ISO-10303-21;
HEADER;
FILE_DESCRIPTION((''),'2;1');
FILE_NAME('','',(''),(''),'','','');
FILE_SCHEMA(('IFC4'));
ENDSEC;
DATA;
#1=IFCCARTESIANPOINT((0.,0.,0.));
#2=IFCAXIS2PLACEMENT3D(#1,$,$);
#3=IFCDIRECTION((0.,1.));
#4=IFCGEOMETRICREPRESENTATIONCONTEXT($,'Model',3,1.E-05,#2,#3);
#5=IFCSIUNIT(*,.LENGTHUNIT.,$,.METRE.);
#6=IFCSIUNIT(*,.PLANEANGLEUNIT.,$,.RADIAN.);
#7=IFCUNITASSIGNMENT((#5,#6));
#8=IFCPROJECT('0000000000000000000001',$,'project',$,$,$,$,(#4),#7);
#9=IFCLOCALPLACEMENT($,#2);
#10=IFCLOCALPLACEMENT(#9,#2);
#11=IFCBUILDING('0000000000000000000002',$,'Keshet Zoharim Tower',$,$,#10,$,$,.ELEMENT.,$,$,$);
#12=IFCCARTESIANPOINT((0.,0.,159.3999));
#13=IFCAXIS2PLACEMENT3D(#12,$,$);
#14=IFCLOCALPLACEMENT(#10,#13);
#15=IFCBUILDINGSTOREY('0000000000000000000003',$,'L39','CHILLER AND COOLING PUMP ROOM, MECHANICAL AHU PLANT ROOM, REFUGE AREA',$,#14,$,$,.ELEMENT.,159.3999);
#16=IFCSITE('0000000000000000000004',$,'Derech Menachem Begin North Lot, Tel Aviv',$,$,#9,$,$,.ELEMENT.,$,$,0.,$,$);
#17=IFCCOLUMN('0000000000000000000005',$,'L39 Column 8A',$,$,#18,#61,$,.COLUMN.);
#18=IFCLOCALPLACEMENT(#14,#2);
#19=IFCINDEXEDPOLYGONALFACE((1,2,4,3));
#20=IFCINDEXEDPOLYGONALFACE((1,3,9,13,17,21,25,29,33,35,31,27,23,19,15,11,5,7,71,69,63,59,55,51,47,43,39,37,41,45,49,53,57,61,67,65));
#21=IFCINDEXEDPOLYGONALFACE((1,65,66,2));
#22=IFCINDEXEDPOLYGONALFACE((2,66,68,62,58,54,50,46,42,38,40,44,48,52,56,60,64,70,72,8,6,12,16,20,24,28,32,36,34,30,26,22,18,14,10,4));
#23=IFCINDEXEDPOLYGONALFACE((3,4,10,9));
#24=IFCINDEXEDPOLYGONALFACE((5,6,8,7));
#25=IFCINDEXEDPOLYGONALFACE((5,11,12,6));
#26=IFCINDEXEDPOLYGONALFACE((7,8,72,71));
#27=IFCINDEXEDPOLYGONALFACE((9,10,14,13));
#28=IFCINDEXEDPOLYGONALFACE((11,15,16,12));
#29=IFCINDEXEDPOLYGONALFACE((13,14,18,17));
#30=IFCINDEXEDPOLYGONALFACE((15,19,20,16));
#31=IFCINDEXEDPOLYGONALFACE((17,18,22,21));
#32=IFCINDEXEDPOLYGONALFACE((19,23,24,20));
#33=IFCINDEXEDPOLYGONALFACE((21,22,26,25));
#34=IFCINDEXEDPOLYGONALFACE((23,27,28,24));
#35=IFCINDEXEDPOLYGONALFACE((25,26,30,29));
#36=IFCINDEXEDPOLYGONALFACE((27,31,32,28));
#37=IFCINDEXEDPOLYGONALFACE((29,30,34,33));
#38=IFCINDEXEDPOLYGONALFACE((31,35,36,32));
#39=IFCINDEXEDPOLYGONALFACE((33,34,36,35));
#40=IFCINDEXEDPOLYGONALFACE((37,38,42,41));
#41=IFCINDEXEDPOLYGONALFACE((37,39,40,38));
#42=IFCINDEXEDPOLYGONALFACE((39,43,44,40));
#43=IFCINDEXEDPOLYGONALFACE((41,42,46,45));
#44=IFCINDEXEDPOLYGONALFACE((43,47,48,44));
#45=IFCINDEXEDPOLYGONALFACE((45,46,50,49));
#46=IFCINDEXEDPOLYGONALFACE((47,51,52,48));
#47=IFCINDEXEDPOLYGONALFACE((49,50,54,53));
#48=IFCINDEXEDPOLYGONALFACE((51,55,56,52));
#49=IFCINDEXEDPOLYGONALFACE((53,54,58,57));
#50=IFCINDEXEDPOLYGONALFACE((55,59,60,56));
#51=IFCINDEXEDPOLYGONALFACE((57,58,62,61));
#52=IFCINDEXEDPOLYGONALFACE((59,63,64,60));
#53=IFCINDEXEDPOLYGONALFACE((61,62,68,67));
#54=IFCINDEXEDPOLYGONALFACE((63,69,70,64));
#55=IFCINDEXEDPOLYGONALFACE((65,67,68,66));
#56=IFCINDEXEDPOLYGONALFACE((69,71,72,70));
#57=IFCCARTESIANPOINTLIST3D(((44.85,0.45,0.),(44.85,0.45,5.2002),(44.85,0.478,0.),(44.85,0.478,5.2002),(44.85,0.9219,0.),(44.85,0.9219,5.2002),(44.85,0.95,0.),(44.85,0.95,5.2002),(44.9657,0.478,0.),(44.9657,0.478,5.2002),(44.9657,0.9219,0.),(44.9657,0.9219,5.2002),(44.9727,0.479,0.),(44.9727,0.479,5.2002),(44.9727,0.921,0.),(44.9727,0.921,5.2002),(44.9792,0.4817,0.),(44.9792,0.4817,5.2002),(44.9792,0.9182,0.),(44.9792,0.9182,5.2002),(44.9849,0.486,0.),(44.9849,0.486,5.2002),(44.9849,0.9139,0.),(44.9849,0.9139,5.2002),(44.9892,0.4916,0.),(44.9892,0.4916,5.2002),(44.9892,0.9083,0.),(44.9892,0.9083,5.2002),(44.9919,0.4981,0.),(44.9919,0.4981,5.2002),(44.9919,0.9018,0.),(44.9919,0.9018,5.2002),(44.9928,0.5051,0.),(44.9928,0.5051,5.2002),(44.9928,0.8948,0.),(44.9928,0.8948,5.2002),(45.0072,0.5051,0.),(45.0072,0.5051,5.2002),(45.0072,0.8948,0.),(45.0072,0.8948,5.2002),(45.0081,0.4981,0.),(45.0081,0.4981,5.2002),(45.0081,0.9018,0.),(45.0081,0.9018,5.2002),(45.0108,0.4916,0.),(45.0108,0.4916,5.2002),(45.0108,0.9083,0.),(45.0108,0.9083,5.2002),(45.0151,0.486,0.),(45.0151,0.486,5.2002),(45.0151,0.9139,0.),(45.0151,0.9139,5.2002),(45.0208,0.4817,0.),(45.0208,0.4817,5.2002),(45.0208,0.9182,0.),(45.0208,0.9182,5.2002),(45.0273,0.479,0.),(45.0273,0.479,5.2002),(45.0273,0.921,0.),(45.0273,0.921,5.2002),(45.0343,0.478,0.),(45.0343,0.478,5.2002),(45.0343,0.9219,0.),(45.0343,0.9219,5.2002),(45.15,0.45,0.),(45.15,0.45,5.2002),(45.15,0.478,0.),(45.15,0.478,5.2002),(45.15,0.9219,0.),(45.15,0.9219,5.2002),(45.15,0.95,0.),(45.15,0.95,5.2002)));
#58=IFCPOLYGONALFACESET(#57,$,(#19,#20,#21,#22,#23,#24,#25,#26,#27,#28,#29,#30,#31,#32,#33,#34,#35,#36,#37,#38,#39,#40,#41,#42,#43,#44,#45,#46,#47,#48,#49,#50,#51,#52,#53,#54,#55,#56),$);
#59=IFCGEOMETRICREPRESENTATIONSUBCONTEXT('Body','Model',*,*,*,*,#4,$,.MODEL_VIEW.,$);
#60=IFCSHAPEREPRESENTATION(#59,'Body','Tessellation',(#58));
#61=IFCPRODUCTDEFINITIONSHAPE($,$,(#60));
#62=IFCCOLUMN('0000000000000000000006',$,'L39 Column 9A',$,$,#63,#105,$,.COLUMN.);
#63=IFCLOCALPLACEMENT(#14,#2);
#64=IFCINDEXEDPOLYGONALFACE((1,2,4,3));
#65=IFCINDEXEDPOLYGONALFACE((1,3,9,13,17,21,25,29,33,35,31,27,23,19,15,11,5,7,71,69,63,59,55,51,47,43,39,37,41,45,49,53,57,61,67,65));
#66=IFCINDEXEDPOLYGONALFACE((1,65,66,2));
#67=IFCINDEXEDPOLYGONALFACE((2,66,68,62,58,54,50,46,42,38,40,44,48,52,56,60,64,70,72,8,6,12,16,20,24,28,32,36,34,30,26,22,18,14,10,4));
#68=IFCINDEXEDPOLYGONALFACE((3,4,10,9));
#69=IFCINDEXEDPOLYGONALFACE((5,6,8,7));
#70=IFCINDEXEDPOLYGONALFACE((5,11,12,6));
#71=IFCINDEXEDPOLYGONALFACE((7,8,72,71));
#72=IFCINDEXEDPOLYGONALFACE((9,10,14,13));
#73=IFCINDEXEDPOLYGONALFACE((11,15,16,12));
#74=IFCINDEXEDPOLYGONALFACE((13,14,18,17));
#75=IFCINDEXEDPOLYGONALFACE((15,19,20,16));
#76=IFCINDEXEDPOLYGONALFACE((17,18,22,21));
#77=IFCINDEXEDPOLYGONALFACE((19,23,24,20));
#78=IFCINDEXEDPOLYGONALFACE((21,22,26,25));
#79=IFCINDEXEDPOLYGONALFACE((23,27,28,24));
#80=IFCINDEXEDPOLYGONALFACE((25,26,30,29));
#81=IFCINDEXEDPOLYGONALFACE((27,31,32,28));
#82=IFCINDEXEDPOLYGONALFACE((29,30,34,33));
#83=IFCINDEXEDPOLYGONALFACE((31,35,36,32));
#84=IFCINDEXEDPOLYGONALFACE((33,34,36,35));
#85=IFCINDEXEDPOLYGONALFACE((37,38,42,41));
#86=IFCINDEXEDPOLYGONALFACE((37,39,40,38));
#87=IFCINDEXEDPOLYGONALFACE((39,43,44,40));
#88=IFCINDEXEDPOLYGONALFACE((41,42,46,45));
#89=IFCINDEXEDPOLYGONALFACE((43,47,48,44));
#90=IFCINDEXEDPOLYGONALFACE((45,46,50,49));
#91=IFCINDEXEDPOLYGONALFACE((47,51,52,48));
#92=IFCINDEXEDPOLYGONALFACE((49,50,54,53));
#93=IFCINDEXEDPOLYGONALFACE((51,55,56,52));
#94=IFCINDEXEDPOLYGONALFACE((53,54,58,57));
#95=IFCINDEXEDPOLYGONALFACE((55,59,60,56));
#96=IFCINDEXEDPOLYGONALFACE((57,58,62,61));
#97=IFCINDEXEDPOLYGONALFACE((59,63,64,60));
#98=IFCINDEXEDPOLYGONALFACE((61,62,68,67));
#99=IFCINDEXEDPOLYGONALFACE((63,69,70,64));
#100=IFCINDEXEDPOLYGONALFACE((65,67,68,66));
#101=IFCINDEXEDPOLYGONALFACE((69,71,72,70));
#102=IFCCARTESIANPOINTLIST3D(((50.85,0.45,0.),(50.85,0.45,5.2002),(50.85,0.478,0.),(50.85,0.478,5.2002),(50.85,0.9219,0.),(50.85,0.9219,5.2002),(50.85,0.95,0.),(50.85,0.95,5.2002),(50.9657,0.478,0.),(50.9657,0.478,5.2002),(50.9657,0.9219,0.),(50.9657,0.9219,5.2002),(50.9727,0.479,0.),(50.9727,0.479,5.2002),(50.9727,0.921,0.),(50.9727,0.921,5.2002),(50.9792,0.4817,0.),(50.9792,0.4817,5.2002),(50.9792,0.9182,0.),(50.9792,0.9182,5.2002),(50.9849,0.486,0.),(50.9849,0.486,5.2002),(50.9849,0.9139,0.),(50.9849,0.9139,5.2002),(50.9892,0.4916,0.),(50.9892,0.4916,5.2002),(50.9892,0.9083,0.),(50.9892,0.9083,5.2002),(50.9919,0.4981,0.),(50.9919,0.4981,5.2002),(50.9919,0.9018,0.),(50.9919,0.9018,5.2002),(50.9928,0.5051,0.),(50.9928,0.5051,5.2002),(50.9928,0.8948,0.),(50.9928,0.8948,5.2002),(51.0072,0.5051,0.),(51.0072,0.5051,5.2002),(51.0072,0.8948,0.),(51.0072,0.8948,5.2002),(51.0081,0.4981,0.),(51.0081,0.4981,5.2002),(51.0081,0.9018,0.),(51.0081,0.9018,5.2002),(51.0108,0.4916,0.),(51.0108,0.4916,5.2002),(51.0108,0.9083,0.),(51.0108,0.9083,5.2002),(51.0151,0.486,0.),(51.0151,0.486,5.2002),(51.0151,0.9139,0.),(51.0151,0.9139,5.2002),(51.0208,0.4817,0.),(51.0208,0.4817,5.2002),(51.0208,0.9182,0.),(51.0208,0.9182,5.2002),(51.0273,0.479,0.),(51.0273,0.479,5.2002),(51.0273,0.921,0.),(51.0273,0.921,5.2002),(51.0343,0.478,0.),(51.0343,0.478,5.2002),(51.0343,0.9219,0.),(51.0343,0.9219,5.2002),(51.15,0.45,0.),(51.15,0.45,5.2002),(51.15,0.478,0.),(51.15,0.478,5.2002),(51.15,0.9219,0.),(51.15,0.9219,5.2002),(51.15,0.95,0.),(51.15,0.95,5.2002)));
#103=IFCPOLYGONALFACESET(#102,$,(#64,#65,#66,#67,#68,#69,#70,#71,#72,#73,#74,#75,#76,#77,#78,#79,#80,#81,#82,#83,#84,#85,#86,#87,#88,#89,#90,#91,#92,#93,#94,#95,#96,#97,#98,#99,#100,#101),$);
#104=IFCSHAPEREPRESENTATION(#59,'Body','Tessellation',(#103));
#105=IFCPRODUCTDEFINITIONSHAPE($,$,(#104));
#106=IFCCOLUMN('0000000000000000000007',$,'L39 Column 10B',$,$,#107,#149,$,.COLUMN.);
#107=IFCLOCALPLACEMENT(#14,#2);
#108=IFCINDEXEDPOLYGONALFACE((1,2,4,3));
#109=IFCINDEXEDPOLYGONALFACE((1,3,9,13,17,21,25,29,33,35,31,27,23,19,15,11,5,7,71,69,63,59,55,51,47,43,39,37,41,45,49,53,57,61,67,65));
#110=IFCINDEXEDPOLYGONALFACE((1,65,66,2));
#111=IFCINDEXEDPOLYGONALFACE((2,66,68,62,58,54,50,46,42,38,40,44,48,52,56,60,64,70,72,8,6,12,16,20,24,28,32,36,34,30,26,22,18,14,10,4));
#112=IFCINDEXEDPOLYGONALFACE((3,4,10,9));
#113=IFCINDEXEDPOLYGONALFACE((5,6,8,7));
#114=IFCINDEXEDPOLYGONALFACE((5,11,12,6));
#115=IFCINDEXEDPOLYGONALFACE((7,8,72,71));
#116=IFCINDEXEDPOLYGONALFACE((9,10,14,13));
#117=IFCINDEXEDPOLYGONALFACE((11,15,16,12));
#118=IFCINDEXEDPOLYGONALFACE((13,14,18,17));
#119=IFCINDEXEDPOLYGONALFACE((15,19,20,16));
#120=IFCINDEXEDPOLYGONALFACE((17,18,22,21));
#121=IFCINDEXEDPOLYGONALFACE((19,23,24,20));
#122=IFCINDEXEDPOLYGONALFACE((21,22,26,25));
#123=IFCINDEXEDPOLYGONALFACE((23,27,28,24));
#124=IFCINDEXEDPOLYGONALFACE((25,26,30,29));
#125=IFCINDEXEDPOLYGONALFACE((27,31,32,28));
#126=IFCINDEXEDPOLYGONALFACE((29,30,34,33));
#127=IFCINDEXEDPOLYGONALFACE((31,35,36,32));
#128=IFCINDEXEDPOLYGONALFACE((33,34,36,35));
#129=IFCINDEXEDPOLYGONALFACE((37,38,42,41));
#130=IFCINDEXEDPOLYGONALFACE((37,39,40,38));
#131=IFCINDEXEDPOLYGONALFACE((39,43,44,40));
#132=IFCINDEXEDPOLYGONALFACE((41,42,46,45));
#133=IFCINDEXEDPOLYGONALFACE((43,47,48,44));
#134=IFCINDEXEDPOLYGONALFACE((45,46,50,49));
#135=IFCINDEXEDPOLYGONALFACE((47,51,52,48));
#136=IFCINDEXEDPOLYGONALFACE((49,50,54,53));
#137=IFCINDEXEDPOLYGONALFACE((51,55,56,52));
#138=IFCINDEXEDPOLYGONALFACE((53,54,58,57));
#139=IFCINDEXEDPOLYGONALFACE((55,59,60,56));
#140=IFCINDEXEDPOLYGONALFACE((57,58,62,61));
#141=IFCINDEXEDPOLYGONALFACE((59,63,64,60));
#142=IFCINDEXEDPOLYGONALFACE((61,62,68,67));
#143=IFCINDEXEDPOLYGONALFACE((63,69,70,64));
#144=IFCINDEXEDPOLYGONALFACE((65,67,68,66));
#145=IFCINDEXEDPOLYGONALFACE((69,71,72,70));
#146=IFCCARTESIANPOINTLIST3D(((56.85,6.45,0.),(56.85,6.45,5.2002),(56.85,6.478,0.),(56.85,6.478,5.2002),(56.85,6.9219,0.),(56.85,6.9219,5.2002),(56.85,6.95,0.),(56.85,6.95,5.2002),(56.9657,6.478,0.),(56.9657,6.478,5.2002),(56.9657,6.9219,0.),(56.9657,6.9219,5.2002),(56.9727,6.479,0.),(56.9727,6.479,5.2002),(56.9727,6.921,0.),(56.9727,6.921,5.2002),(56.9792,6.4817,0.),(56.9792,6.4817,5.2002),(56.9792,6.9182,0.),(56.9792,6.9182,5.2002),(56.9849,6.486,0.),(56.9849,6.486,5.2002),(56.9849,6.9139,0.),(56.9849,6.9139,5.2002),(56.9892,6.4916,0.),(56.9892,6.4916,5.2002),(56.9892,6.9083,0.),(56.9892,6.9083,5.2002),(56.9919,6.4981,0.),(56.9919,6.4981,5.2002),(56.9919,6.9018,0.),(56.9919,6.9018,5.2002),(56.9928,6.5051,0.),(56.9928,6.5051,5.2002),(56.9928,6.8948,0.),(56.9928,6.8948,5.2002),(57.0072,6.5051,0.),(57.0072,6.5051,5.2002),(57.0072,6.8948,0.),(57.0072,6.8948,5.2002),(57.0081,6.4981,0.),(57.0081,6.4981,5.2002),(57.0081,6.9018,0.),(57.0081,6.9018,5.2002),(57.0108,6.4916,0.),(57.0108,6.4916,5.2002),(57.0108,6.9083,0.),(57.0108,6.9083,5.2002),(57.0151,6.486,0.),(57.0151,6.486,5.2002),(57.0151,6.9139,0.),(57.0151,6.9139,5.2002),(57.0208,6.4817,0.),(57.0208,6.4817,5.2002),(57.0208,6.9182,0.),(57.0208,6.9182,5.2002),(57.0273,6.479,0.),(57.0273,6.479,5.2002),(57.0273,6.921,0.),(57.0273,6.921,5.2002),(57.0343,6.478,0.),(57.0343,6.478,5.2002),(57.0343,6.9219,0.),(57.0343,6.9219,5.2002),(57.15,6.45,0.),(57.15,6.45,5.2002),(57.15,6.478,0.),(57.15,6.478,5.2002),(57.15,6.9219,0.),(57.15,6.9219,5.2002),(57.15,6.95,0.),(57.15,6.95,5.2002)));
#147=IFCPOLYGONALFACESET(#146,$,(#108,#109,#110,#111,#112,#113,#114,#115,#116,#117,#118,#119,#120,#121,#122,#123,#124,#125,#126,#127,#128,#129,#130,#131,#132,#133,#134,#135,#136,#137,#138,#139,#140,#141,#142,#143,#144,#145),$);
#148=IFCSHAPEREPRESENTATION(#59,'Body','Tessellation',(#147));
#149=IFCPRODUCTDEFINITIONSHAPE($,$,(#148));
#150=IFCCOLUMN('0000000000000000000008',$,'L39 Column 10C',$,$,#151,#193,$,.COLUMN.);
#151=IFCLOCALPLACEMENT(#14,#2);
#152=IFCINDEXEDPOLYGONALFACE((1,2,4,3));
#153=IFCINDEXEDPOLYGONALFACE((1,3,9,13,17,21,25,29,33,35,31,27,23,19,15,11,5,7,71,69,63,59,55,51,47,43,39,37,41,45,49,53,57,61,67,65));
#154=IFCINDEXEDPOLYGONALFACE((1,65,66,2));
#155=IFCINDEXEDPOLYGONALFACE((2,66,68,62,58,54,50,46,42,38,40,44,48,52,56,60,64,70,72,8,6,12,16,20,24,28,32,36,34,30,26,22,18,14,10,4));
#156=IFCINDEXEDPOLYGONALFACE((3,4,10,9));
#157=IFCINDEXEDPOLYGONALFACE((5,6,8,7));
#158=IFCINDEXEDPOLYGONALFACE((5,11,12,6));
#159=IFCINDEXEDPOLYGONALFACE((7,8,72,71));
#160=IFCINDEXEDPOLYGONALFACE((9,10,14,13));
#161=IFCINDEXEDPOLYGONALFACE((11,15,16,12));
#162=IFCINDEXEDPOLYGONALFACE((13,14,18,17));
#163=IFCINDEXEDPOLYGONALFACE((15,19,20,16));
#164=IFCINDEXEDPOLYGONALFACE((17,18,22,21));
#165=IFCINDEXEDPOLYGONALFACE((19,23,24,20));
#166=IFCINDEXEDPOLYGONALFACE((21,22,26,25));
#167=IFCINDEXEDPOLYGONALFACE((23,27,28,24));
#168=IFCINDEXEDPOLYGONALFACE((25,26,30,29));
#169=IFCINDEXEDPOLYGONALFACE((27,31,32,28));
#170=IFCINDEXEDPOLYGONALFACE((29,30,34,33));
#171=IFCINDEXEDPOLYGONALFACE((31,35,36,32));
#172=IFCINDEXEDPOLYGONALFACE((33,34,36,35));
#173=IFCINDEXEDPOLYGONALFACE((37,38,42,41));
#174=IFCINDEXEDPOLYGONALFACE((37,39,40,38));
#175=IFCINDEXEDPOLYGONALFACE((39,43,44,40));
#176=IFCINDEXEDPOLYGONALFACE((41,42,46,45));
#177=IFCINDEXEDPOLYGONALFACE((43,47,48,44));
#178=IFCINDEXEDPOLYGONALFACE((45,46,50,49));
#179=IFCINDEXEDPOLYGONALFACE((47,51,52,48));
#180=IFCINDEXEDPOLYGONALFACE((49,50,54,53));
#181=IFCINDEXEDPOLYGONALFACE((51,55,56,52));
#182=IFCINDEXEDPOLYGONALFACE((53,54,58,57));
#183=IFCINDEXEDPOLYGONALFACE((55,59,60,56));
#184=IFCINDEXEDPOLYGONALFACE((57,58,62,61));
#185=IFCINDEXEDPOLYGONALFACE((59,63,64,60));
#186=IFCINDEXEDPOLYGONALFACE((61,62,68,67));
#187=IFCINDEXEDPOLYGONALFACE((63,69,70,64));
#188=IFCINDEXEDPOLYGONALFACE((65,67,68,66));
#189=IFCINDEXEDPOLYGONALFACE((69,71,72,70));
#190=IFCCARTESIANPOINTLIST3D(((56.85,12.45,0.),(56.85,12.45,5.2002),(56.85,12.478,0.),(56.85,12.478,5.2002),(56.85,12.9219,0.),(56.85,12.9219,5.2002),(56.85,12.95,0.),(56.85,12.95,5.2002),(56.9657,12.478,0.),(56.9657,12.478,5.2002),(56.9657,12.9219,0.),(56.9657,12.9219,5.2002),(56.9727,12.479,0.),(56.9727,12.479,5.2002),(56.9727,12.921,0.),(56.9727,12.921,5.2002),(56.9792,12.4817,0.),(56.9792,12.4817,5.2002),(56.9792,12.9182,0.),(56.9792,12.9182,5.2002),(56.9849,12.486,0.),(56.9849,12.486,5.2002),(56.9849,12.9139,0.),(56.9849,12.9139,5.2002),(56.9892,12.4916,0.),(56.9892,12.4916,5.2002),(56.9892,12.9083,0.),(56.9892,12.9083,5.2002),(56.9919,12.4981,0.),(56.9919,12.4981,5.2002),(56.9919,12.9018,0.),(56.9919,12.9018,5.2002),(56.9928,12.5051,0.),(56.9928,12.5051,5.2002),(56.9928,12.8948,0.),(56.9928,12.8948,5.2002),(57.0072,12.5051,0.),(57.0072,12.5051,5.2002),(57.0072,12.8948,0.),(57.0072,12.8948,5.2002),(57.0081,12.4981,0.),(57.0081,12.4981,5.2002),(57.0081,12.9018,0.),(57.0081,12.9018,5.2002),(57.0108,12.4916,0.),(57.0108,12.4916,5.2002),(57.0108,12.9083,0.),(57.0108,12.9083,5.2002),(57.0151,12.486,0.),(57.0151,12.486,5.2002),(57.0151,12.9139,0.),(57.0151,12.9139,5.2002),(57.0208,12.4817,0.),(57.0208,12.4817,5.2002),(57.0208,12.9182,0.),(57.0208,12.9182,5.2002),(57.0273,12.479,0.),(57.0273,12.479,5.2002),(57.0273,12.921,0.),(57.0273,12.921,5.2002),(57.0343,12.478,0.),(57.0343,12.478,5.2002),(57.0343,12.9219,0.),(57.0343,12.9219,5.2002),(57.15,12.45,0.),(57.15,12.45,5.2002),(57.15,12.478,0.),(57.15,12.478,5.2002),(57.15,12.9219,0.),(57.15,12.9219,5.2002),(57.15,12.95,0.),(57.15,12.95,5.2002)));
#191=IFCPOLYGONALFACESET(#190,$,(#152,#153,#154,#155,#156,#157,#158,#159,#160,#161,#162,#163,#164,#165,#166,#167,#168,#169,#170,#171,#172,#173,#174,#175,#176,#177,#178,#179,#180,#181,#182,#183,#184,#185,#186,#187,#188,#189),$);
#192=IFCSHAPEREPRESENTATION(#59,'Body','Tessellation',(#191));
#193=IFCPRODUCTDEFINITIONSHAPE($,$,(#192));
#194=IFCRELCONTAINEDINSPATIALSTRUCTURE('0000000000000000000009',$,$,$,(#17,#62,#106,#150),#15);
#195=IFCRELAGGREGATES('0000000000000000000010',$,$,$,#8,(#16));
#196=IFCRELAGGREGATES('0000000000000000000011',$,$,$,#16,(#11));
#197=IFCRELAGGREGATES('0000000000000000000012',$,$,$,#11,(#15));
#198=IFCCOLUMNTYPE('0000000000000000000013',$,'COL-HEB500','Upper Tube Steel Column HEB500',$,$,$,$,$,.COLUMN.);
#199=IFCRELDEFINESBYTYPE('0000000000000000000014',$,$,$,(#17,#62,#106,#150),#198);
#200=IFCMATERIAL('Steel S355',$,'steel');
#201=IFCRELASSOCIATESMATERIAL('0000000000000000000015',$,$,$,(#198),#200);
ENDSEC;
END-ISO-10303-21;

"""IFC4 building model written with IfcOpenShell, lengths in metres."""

from ifc_helpers import new_model, si_unit, direction, frame, origin, origin_2d, place, context, subcontext, project, spatial, i_section, extrude, material, material_profile, profile_set, type_object, element, save


model = new_model("IFC4")

# Units and contexts
model_context = context("Model", 3, precision=1e-05, world=origin(), true_north=direction((0.0, 1.0)))
body_context = subcontext(model_context, "Body", "Model", "MODEL_VIEW")
ifc_project = project(units=[si_unit("LENGTHUNIT", "METRE"), si_unit("PLANEANGLEUNIT", "RADIAN")], contexts=[model_context])

# Site, building, storey
site_placement = place(None, origin())
site = spatial("IfcSite", under=ifc_project, at=site_placement, Name="Derech Menachem Begin North Lot, Tel Aviv", CompositionType="ELEMENT", RefElevation=0.0)
building_placement = place(site_placement, origin())
building = spatial("IfcBuilding", under=site, at=building_placement, Name="Keshet Zoharim Tower", CompositionType="ELEMENT")
storey_placement = place(building_placement, frame((0.0, 0.0, 159.3999)))
storey = spatial("IfcBuildingStorey", under=building, at=storey_placement, Name="L39", Description="CHILLER AND COOLING PUMP ROOM, MECHANICAL AHU PLANT ROOM, REFUGE AREA", CompositionType="ELEMENT", Elevation=159.3999)

# Columns
ifc_material_1 = material(Name="Steel S355", Category="steel")
ifc_material_profile_1 = material_profile(ifc_material_1, i_section(OverallWidth=0.3, OverallDepth=0.5, WebThickness=0.0144, FlangeThickness=0.0281, FilletRadius=0.0271, at=origin_2d()), Name="HEB500")
ifc_profile_set_1 = profile_set([ifc_material_profile_1], Name="Steel S355")
column_type = type_object("IfcColumnType", Name="COL-HEB500", Description="Upper Tube Steel Column HEB500", PredefinedType="COLUMN", material=ifc_profile_set_1)
for number, where, z_axis, x_axis, name in (
    (1, (45.0, 0.7, 0.0), (0.0, 0.0, 1.0), (1.0, 0.0, 0.0), "L39 Column 8A"),
    (2, (51.0, 0.7, 0.0), (0.0, 0.0, 1.0), (1.0, 0.0, 0.0), "L39 Column 9A"),
    (3, (57.0, 6.7, 0.0), (0.0, 0.0, 1.0), (1.0, 0.0, 0.0), "L39 Column 10B"),
    (4, (57.0, 12.7, 0.0), (0.0, 0.0, 1.0), (1.0, 0.0, 0.0), "L39 Column 10C"),
):
    element("IfcColumn", number, at=place(storey_placement, frame(where, z_axis=z_axis, x_axis=x_axis)), inside=storey, type_object=column_type, Name=name, PredefinedType="COLUMN", context=body_context, shape_type="SweptSolid", body=[
        extrude(i_section(OverallWidth=0.3, OverallDepth=0.5, WebThickness=0.0144, FlangeThickness=0.0281, FilletRadius=0.0271, at=origin_2d()), origin(), (0.0, 0.0, 1.0), 5.2002),
    ])

save(model, "model.ifc")
